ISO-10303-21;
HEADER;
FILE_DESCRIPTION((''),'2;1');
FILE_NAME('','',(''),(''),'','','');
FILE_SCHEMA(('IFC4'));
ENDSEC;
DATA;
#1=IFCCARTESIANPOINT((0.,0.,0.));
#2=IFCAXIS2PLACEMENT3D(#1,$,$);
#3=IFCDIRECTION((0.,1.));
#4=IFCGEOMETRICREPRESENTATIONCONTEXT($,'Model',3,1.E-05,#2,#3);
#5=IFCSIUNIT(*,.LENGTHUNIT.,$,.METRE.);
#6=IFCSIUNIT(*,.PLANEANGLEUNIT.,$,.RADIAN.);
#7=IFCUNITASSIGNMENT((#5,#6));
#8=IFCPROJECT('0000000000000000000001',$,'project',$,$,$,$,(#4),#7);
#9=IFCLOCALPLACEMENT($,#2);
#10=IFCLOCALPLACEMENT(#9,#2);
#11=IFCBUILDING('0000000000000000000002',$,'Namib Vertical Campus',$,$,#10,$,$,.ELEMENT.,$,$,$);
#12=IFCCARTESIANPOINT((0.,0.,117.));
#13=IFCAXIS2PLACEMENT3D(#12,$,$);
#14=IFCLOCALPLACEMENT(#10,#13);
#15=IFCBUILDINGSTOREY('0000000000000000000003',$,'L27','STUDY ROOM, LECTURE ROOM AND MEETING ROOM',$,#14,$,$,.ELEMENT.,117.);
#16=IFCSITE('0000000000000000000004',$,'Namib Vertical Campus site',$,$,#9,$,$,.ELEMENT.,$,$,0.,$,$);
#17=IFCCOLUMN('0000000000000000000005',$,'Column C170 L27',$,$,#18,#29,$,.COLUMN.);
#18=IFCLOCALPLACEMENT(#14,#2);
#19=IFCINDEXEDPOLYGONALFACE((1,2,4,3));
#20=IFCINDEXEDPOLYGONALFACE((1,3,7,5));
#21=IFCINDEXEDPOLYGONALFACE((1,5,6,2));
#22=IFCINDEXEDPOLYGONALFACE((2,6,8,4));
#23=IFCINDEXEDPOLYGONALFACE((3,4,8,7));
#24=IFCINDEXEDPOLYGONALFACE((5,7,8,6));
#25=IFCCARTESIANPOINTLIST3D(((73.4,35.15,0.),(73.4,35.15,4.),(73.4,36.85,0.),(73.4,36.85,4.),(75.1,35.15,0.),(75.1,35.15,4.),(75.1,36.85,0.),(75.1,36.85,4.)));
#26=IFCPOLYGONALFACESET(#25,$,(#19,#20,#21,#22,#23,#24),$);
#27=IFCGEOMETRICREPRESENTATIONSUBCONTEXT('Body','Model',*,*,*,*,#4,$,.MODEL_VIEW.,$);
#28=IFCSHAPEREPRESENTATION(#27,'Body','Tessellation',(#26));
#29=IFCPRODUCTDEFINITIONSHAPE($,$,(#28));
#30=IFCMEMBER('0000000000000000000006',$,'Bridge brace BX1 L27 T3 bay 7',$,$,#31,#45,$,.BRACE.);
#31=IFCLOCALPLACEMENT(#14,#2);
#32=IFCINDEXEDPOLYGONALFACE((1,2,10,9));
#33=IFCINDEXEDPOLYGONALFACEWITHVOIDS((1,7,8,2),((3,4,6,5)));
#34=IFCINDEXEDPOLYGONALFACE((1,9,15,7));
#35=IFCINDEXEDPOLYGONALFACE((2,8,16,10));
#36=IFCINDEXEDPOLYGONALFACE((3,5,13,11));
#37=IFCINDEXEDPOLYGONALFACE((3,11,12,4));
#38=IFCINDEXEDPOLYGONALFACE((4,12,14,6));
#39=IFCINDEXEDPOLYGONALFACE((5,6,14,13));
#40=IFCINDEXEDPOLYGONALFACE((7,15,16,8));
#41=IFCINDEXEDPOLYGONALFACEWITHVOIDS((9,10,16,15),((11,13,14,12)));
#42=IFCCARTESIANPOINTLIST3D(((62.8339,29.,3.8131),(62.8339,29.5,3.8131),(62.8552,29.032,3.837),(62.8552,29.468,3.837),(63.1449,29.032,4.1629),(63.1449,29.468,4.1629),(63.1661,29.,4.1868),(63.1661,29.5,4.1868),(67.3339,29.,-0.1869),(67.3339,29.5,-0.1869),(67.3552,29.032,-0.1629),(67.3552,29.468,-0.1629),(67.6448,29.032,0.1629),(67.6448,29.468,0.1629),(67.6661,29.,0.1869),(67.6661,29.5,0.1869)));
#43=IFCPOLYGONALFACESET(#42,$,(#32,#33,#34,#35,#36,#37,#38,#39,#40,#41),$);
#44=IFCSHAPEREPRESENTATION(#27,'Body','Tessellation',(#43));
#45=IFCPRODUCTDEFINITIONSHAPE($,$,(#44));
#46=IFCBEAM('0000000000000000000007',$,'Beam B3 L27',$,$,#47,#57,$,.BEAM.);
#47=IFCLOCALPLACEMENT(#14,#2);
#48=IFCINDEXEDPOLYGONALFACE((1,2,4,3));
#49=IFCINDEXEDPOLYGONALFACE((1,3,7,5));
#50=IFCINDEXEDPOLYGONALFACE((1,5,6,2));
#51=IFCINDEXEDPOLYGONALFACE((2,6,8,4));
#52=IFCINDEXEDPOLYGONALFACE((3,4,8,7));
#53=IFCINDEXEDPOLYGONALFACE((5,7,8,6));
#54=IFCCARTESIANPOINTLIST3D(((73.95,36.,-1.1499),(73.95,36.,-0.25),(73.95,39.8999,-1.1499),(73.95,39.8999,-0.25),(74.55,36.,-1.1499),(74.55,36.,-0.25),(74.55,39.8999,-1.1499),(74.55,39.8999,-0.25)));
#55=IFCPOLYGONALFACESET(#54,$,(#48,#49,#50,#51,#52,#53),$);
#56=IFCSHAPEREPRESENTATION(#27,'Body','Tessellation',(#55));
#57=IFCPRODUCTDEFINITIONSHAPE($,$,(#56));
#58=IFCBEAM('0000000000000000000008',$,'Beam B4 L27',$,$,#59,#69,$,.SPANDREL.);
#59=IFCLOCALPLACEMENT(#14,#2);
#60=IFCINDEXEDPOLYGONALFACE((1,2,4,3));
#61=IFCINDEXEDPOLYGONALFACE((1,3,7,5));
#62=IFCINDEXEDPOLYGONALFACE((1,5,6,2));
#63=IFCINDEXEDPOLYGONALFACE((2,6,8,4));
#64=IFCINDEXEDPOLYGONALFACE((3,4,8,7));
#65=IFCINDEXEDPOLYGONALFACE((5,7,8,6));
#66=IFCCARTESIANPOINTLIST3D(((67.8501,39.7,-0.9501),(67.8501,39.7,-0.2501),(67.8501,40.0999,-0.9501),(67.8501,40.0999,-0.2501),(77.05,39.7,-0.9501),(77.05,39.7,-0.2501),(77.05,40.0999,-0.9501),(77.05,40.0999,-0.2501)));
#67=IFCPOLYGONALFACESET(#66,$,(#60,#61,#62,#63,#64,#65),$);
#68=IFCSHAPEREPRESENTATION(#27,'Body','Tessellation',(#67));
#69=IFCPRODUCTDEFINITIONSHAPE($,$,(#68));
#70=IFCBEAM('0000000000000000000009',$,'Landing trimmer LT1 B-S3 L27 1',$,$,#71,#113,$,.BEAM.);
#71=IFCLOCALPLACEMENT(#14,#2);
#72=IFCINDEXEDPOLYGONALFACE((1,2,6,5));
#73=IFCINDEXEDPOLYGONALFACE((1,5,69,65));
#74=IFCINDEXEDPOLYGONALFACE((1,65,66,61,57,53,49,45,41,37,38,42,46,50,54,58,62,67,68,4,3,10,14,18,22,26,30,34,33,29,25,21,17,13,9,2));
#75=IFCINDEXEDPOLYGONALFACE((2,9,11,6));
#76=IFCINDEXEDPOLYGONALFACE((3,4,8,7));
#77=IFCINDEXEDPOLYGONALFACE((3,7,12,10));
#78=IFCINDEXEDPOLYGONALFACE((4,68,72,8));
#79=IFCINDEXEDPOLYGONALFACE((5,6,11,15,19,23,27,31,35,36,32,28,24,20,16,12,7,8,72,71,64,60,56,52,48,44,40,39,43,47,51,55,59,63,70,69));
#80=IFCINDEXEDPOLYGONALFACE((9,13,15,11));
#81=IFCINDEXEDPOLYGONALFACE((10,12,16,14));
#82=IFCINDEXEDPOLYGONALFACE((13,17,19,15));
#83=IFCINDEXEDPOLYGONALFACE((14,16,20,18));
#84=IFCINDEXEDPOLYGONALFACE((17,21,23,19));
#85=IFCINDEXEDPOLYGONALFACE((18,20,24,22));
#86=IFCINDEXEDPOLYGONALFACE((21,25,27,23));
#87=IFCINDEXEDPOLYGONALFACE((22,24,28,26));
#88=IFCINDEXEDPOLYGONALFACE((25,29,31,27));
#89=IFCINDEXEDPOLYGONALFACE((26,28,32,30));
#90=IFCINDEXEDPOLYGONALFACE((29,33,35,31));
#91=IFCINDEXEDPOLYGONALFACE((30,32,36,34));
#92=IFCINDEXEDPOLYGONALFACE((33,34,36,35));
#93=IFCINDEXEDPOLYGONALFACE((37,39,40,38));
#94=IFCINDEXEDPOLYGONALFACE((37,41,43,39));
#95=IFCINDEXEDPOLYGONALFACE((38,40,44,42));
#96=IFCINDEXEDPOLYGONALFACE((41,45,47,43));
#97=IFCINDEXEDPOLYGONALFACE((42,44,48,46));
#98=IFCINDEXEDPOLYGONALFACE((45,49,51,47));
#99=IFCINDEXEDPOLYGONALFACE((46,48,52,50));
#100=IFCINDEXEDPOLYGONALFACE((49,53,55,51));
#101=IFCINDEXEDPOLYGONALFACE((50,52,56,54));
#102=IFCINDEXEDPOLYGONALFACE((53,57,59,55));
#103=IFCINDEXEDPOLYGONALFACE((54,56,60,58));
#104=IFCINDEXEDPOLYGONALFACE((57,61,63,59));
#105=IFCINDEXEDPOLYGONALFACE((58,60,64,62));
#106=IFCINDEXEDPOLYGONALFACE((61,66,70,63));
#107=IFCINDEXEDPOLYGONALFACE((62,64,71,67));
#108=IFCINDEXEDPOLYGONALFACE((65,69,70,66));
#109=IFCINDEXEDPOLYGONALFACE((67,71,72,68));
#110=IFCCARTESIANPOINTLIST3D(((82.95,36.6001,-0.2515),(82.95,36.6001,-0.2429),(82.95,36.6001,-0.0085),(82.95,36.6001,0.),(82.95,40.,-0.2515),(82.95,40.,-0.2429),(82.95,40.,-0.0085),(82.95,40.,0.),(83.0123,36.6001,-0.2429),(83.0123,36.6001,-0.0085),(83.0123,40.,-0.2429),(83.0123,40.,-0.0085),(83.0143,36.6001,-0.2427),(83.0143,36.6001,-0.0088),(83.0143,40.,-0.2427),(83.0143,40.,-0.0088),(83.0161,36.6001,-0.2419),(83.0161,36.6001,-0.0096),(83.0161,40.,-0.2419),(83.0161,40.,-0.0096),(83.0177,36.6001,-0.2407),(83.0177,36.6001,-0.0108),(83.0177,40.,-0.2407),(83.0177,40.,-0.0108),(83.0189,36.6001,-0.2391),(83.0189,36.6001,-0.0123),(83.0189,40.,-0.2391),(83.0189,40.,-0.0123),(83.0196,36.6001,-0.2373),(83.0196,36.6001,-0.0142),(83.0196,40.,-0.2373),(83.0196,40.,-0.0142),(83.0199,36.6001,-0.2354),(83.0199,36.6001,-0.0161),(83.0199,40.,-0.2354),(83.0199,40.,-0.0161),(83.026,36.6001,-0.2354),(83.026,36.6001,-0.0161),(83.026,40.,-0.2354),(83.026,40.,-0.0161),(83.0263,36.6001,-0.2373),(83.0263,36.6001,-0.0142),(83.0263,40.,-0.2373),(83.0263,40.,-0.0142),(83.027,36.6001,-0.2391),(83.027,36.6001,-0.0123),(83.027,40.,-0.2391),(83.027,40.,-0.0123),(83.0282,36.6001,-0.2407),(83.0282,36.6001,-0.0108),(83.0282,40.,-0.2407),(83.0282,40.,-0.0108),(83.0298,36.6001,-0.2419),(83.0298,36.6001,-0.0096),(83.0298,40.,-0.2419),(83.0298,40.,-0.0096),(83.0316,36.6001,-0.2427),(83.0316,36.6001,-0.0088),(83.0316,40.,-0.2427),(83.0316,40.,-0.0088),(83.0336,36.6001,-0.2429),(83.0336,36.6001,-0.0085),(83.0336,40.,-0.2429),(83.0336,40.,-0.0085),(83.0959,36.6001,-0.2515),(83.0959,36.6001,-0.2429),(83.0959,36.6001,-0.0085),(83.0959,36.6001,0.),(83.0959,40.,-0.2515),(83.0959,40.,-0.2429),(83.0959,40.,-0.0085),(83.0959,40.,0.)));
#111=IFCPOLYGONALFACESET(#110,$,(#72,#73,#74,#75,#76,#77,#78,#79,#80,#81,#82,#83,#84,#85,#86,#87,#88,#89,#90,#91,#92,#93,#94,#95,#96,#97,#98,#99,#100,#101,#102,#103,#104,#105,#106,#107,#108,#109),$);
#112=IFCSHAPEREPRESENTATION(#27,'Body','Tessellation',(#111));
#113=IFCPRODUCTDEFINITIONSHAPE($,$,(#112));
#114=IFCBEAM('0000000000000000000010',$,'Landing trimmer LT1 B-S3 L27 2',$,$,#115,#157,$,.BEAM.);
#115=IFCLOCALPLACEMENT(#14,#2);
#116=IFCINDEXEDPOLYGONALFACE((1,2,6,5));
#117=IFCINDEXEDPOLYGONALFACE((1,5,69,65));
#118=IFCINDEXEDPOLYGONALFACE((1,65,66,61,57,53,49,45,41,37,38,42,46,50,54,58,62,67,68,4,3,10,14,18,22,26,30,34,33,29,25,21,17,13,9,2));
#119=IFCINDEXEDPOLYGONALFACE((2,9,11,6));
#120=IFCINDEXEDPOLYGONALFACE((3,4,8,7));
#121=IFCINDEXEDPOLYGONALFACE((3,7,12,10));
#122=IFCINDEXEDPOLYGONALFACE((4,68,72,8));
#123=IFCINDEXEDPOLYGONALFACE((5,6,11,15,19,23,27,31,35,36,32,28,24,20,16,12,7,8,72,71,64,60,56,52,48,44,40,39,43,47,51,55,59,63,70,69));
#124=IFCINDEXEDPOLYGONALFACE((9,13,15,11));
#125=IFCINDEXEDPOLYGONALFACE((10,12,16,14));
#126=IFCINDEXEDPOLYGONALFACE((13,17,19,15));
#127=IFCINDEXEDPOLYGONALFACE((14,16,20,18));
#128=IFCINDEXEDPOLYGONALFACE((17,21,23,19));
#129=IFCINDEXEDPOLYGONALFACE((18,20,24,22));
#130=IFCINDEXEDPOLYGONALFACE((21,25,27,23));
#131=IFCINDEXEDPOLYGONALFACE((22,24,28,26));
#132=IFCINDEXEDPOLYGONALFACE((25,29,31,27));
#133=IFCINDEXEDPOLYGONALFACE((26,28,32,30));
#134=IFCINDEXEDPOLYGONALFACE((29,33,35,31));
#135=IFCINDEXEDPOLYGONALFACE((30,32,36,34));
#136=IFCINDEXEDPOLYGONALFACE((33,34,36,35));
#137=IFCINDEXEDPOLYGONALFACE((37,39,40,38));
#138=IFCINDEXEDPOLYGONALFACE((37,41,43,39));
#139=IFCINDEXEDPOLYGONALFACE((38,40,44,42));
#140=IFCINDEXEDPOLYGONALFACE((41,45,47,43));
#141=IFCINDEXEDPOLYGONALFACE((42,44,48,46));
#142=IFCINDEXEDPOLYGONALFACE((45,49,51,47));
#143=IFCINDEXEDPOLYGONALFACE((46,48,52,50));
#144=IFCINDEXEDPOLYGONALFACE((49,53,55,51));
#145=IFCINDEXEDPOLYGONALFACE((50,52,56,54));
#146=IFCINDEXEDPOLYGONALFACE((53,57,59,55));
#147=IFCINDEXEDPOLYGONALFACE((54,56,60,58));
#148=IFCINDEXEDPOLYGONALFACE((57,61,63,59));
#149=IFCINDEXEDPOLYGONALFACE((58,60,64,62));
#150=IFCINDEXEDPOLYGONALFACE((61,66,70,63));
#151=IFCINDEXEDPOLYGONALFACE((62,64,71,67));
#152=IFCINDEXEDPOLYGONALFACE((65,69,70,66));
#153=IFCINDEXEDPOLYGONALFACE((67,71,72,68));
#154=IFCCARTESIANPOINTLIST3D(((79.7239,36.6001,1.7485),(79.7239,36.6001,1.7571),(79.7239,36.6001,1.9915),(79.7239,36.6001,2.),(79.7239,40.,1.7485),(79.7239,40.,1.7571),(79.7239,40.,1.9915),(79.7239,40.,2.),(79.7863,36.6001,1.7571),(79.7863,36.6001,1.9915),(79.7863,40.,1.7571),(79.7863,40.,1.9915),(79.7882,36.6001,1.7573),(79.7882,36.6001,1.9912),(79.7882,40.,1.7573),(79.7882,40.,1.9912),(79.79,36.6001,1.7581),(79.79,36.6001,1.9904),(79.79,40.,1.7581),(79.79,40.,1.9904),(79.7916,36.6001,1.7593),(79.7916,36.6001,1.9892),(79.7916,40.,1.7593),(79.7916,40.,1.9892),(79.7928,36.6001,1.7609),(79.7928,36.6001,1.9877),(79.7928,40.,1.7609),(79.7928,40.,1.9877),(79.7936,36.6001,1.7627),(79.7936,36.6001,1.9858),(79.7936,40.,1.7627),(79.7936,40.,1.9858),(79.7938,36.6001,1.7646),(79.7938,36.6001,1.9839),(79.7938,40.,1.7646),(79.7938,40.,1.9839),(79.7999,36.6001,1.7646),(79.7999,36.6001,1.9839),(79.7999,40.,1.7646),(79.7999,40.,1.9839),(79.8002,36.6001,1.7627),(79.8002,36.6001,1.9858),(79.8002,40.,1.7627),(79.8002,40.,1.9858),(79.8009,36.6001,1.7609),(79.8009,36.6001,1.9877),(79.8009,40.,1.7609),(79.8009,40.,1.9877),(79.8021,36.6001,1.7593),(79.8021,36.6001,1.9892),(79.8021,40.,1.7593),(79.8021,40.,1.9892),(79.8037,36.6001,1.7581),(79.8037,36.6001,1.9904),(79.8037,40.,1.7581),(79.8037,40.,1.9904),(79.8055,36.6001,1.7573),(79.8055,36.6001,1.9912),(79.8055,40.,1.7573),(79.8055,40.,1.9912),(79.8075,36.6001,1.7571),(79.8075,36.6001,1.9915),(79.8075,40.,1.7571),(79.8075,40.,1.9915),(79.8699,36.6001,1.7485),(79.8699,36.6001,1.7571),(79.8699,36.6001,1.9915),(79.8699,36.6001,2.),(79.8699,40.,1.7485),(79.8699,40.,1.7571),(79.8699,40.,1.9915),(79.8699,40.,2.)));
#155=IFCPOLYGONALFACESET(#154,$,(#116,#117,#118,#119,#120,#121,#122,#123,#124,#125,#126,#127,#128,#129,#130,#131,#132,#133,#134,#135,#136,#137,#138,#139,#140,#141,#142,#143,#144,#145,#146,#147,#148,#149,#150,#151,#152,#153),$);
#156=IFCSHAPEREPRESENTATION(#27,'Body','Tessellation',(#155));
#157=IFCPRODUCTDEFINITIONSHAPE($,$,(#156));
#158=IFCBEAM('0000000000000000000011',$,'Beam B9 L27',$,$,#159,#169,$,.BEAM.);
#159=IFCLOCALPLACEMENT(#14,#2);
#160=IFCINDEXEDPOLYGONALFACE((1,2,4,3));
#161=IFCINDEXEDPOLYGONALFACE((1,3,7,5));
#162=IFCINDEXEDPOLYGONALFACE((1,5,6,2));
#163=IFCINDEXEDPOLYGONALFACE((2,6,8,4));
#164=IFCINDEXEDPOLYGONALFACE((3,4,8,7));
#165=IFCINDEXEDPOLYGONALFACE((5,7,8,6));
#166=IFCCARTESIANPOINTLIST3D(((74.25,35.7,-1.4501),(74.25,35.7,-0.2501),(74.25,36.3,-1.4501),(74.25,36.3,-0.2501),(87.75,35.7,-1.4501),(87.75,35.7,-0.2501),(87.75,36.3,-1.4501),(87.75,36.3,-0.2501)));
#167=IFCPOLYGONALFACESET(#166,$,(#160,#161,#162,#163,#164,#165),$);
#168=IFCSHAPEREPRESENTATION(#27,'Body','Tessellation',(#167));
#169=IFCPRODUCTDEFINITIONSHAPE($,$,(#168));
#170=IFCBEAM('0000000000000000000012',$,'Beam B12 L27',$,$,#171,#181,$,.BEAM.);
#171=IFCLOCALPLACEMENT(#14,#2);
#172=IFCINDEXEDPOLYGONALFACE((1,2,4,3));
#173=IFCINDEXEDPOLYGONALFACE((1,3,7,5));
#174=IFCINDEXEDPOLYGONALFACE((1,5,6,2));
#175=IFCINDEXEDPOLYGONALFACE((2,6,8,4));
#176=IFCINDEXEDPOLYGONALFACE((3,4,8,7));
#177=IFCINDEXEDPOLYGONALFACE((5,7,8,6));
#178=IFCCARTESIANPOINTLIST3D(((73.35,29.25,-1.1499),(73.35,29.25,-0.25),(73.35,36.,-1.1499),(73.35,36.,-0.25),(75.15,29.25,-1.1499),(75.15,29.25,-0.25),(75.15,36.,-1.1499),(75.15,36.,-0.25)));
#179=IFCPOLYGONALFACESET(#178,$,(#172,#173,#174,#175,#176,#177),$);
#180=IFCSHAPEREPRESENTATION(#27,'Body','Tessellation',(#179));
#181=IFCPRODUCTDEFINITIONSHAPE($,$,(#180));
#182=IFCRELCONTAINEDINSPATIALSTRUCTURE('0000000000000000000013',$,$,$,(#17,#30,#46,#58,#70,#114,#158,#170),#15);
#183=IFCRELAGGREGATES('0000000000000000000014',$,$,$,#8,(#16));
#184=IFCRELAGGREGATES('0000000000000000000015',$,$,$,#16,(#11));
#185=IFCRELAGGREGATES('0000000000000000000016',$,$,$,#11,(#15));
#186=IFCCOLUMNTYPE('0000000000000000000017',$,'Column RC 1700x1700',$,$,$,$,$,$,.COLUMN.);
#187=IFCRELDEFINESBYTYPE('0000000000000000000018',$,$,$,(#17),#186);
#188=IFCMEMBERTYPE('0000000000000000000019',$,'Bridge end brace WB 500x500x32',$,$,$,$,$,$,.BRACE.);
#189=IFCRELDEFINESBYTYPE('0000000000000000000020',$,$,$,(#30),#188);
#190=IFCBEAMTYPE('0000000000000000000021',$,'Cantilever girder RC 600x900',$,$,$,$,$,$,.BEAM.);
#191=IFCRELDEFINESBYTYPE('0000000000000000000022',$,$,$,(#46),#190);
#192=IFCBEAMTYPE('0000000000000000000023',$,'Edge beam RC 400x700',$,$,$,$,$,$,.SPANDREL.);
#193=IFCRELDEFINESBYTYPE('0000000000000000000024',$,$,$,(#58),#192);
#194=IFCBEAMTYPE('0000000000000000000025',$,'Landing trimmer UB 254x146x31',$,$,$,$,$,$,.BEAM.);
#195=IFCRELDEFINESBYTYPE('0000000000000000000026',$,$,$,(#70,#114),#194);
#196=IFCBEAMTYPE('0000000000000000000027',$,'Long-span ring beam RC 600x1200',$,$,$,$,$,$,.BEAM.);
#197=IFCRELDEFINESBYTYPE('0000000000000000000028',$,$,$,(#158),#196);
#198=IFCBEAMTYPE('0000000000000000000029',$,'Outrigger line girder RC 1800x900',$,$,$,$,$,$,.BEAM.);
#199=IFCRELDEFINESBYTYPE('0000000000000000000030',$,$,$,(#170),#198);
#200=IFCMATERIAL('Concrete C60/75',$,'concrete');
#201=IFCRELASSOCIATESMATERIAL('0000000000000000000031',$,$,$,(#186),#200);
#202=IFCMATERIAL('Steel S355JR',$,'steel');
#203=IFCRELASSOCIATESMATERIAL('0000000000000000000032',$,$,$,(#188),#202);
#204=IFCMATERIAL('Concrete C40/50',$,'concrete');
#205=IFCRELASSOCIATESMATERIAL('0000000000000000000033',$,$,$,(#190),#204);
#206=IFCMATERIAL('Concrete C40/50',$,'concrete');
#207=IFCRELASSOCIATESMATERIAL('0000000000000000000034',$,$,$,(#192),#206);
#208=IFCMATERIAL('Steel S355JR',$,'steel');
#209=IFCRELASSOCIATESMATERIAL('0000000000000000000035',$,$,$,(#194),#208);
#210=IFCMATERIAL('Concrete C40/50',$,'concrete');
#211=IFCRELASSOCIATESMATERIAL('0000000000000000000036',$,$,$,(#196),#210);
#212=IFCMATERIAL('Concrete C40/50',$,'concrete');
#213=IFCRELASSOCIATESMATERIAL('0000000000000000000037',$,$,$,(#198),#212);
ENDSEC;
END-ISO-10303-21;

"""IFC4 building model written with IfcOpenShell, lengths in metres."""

from ifc_helpers import new_model, si_unit, direction, frame, origin, origin_2d, place, context, subcontext, project, spatial, rectangle, hollow_rectangle, i_section, extrude, material, material_profile, profile_set, type_object, element, save


model = new_model("IFC4")

# Units and contexts
model_context = context("Model", 3, precision=1e-05, world=origin(), true_north=direction((0.0, 1.0)))
body_context = subcontext(model_context, "Body", "Model", "MODEL_VIEW")
ifc_project = project(units=[si_unit("LENGTHUNIT", "METRE"), si_unit("PLANEANGLEUNIT", "RADIAN")], contexts=[model_context])

# Site, building, storey
site_placement = place(None, origin())
site = spatial("IfcSite", under=ifc_project, at=site_placement, Name="Namib Vertical Campus site", CompositionType="ELEMENT", RefElevation=0.0)
building_placement = place(site_placement, origin())
building = spatial("IfcBuilding", under=site, at=building_placement, Name="Namib Vertical Campus", CompositionType="ELEMENT")
storey_placement = place(building_placement, frame((0.0, 0.0, 117.0)))
storey = spatial("IfcBuildingStorey", under=building, at=storey_placement, Name="L27", Description="STUDY ROOM, LECTURE ROOM AND MEETING ROOM", CompositionType="ELEMENT", Elevation=117.0)

# Column
ifc_material_1 = material(Name="Concrete C60/75", Category="concrete")
ifc_material_profile_1 = material_profile(ifc_material_1, rectangle(XDim=1.7, YDim=1.7, at=origin_2d()))
ifc_profile_set_1 = profile_set([ifc_material_profile_1], Name="Concrete C60/75")
column_type = type_object("IfcColumnType", Name="Column RC 1700x1700", PredefinedType="COLUMN", material=ifc_profile_set_1)
column_placement = place(storey_placement, frame((74.25, 36.0, 0.0), z_axis=(0.0, 0.0, 1.0), x_axis=(1.0, 0.0, 0.0)))
element("IfcColumn", 1, at=column_placement, inside=storey, type_object=column_type, Name="Column C170 L27", PredefinedType="COLUMN", context=body_context, shape_type="SweptSolid", body=[
    extrude(rectangle(XDim=1.7, YDim=1.7, at=origin_2d()), origin(), (0.0, 0.0, 1.0), 4.0),
])

# Member
ifc_material_2 = material(Name="Steel S355JR", Category="steel")
ifc_material_profile_2 = material_profile(ifc_material_2, hollow_rectangle(XDim=0.5, YDim=0.5, WallThickness=0.032, at=origin_2d()))
ifc_profile_set_2 = profile_set([ifc_material_profile_2], Name="Steel S355JR")
member_type = type_object("IfcMemberType", Name="Bridge end brace WB 500x500x32", PredefinedType="BRACE", material=ifc_profile_set_2)
member_placement = place(storey_placement, frame((67.5, 29.25, 0.0), z_axis=(-0.747409, 0.0, 0.664364), x_axis=(0.0, -1.0, 0.0)))
element("IfcMember", 2, at=member_placement, inside=storey, type_object=member_type, Name="Bridge brace BX1 L27 T3 bay 7", PredefinedType="BRACE", context=body_context, shape_type="SweptSolid", body=[
    extrude(hollow_rectangle(XDim=0.5, YDim=0.5, WallThickness=0.032, at=origin_2d()), origin(), (0.0, 0.0, 1.0), 6.0208),
])

# Beams
ifc_material_3 = material(Name="Concrete C40/50", Category="concrete")
ifc_material_profile_3 = material_profile(ifc_material_3, rectangle(XDim=0.6001, YDim=0.8999, at=origin_2d()))
ifc_profile_set_3 = profile_set([ifc_material_profile_3], Name="Concrete C40/50")
beam_type_1 = type_object("IfcBeamType", Name="Cantilever girder RC 600x900", PredefinedType="BEAM", material=ifc_profile_set_3)
beam_1_placement = place(storey_placement, frame((74.25, 36.0, -0.7), z_axis=(0.0, 1.0, 0.0), x_axis=(-1.0, 0.0, 0.0)))
element("IfcBeam", 3, at=beam_1_placement, inside=storey, type_object=beam_type_1, Name="Beam B3 L27", PredefinedType="BEAM", context=body_context, shape_type="SweptSolid", body=[
    extrude(rectangle(XDim=0.6001, YDim=0.8999, at=origin_2d()), origin(), (0.0, 0.0, 1.0), 3.8999),
])
ifc_material_4 = material(Name="Concrete C40/50", Category="concrete")
ifc_material_profile_4 = material_profile(ifc_material_4, rectangle(XDim=0.3999, YDim=0.7, at=origin_2d()))
ifc_profile_set_4 = profile_set([ifc_material_profile_4], Name="Concrete C40/50")
beam_type_2 = type_object("IfcBeamType", Name="Edge beam RC 400x700", PredefinedType="SPANDREL", material=ifc_profile_set_4)
beam_2_placement = place(storey_placement, frame((67.8501, 39.8999, -0.6001), z_axis=(1.0, 0.0, 0.0), x_axis=(0.0, 1.0, 0.0)))
element("IfcBeam", 4, at=beam_2_placement, inside=storey, type_object=beam_type_2, Name="Beam B4 L27", PredefinedType="SPANDREL", context=body_context, shape_type="SweptSolid", body=[
    extrude(rectangle(XDim=0.3999, YDim=0.7, at=origin_2d()), origin(), (0.0, 0.0, 1.0), 9.2),
])
ifc_material_5 = material(Name="Steel S355JR", Category="steel")
ifc_material_profile_5 = material_profile(ifc_material_5, i_section(OverallWidth=0.146, OverallDepth=0.2515, WebThickness=0.0061, FlangeThickness=0.0085, FilletRadius=0.0076, at=origin_2d()))
ifc_profile_set_5 = profile_set([ifc_material_profile_5], Name="Steel S355JR")
beam_type_3 = type_object("IfcBeamType", Name="Landing trimmer UB 254x146x31", PredefinedType="BEAM", material=ifc_profile_set_5)
for number, where, z_axis, x_axis, name in (
    (5, (83.0229, 36.6001, -0.1257), (0.0, 1.0, 0.0), (-1.0, 0.0, 0.0), "Landing trimmer LT1 B-S3 L27 1"),
    (6, (79.7969, 36.6001, 1.8743), (0.0, 1.0, 0.0), (-1.0, 0.0, 0.0), "Landing trimmer LT1 B-S3 L27 2"),
):
    element("IfcBeam", number, at=place(storey_placement, frame(where, z_axis=z_axis, x_axis=x_axis)), inside=storey, type_object=beam_type_3, Name=name, PredefinedType="BEAM", context=body_context, shape_type="SweptSolid", body=[
        extrude(i_section(OverallWidth=0.146, OverallDepth=0.2515, WebThickness=0.0061, FlangeThickness=0.0085, FilletRadius=0.0076, at=origin_2d()), origin(), (0.0, 0.0, 1.0), 3.3999),
    ])
ifc_material_6 = material(Name="Concrete C40/50", Category="concrete")
ifc_material_profile_6 = material_profile(ifc_material_6, rectangle(XDim=0.6001, YDim=1.2, at=origin_2d()))
ifc_profile_set_6 = profile_set([ifc_material_profile_6], Name="Concrete C40/50")
beam_type_4 = type_object("IfcBeamType", Name="Long-span ring beam RC 600x1200", PredefinedType="BEAM", material=ifc_profile_set_6)
beam_3_placement = place(storey_placement, frame((74.25, 36.0, -0.8501), z_axis=(1.0, 0.0, 0.0), x_axis=(0.0, 1.0, 0.0)))
element("IfcBeam", 7, at=beam_3_placement, inside=storey, type_object=beam_type_4, Name="Beam B9 L27", PredefinedType="BEAM", context=body_context, shape_type="SweptSolid", body=[
    extrude(rectangle(XDim=0.6001, YDim=1.2, at=origin_2d()), origin(), (0.0, 0.0, 1.0), 13.5),
])
ifc_material_7 = material(Name="Concrete C40/50", Category="concrete")
ifc_material_profile_7 = material_profile(ifc_material_7, rectangle(XDim=1.8, YDim=0.8999, at=origin_2d()))
ifc_profile_set_7 = profile_set([ifc_material_profile_7], Name="Concrete C40/50")
beam_type_5 = type_object("IfcBeamType", Name="Outrigger line girder RC 1800x900", PredefinedType="BEAM", material=ifc_profile_set_7)
beam_4_placement = place(storey_placement, frame((74.25, 36.0, -0.7), z_axis=(0.0, -1.0, 0.0), x_axis=(1.0, 0.0, 0.0)))
element("IfcBeam", 8, at=beam_4_placement, inside=storey, type_object=beam_type_5, Name="Beam B12 L27", PredefinedType="BEAM", context=body_context, shape_type="SweptSolid", body=[
    extrude(rectangle(XDim=1.8, YDim=0.8999, at=origin_2d()), origin(), (0.0, 0.0, 1.0), 6.75),
])

save(model, "model.ifc")
